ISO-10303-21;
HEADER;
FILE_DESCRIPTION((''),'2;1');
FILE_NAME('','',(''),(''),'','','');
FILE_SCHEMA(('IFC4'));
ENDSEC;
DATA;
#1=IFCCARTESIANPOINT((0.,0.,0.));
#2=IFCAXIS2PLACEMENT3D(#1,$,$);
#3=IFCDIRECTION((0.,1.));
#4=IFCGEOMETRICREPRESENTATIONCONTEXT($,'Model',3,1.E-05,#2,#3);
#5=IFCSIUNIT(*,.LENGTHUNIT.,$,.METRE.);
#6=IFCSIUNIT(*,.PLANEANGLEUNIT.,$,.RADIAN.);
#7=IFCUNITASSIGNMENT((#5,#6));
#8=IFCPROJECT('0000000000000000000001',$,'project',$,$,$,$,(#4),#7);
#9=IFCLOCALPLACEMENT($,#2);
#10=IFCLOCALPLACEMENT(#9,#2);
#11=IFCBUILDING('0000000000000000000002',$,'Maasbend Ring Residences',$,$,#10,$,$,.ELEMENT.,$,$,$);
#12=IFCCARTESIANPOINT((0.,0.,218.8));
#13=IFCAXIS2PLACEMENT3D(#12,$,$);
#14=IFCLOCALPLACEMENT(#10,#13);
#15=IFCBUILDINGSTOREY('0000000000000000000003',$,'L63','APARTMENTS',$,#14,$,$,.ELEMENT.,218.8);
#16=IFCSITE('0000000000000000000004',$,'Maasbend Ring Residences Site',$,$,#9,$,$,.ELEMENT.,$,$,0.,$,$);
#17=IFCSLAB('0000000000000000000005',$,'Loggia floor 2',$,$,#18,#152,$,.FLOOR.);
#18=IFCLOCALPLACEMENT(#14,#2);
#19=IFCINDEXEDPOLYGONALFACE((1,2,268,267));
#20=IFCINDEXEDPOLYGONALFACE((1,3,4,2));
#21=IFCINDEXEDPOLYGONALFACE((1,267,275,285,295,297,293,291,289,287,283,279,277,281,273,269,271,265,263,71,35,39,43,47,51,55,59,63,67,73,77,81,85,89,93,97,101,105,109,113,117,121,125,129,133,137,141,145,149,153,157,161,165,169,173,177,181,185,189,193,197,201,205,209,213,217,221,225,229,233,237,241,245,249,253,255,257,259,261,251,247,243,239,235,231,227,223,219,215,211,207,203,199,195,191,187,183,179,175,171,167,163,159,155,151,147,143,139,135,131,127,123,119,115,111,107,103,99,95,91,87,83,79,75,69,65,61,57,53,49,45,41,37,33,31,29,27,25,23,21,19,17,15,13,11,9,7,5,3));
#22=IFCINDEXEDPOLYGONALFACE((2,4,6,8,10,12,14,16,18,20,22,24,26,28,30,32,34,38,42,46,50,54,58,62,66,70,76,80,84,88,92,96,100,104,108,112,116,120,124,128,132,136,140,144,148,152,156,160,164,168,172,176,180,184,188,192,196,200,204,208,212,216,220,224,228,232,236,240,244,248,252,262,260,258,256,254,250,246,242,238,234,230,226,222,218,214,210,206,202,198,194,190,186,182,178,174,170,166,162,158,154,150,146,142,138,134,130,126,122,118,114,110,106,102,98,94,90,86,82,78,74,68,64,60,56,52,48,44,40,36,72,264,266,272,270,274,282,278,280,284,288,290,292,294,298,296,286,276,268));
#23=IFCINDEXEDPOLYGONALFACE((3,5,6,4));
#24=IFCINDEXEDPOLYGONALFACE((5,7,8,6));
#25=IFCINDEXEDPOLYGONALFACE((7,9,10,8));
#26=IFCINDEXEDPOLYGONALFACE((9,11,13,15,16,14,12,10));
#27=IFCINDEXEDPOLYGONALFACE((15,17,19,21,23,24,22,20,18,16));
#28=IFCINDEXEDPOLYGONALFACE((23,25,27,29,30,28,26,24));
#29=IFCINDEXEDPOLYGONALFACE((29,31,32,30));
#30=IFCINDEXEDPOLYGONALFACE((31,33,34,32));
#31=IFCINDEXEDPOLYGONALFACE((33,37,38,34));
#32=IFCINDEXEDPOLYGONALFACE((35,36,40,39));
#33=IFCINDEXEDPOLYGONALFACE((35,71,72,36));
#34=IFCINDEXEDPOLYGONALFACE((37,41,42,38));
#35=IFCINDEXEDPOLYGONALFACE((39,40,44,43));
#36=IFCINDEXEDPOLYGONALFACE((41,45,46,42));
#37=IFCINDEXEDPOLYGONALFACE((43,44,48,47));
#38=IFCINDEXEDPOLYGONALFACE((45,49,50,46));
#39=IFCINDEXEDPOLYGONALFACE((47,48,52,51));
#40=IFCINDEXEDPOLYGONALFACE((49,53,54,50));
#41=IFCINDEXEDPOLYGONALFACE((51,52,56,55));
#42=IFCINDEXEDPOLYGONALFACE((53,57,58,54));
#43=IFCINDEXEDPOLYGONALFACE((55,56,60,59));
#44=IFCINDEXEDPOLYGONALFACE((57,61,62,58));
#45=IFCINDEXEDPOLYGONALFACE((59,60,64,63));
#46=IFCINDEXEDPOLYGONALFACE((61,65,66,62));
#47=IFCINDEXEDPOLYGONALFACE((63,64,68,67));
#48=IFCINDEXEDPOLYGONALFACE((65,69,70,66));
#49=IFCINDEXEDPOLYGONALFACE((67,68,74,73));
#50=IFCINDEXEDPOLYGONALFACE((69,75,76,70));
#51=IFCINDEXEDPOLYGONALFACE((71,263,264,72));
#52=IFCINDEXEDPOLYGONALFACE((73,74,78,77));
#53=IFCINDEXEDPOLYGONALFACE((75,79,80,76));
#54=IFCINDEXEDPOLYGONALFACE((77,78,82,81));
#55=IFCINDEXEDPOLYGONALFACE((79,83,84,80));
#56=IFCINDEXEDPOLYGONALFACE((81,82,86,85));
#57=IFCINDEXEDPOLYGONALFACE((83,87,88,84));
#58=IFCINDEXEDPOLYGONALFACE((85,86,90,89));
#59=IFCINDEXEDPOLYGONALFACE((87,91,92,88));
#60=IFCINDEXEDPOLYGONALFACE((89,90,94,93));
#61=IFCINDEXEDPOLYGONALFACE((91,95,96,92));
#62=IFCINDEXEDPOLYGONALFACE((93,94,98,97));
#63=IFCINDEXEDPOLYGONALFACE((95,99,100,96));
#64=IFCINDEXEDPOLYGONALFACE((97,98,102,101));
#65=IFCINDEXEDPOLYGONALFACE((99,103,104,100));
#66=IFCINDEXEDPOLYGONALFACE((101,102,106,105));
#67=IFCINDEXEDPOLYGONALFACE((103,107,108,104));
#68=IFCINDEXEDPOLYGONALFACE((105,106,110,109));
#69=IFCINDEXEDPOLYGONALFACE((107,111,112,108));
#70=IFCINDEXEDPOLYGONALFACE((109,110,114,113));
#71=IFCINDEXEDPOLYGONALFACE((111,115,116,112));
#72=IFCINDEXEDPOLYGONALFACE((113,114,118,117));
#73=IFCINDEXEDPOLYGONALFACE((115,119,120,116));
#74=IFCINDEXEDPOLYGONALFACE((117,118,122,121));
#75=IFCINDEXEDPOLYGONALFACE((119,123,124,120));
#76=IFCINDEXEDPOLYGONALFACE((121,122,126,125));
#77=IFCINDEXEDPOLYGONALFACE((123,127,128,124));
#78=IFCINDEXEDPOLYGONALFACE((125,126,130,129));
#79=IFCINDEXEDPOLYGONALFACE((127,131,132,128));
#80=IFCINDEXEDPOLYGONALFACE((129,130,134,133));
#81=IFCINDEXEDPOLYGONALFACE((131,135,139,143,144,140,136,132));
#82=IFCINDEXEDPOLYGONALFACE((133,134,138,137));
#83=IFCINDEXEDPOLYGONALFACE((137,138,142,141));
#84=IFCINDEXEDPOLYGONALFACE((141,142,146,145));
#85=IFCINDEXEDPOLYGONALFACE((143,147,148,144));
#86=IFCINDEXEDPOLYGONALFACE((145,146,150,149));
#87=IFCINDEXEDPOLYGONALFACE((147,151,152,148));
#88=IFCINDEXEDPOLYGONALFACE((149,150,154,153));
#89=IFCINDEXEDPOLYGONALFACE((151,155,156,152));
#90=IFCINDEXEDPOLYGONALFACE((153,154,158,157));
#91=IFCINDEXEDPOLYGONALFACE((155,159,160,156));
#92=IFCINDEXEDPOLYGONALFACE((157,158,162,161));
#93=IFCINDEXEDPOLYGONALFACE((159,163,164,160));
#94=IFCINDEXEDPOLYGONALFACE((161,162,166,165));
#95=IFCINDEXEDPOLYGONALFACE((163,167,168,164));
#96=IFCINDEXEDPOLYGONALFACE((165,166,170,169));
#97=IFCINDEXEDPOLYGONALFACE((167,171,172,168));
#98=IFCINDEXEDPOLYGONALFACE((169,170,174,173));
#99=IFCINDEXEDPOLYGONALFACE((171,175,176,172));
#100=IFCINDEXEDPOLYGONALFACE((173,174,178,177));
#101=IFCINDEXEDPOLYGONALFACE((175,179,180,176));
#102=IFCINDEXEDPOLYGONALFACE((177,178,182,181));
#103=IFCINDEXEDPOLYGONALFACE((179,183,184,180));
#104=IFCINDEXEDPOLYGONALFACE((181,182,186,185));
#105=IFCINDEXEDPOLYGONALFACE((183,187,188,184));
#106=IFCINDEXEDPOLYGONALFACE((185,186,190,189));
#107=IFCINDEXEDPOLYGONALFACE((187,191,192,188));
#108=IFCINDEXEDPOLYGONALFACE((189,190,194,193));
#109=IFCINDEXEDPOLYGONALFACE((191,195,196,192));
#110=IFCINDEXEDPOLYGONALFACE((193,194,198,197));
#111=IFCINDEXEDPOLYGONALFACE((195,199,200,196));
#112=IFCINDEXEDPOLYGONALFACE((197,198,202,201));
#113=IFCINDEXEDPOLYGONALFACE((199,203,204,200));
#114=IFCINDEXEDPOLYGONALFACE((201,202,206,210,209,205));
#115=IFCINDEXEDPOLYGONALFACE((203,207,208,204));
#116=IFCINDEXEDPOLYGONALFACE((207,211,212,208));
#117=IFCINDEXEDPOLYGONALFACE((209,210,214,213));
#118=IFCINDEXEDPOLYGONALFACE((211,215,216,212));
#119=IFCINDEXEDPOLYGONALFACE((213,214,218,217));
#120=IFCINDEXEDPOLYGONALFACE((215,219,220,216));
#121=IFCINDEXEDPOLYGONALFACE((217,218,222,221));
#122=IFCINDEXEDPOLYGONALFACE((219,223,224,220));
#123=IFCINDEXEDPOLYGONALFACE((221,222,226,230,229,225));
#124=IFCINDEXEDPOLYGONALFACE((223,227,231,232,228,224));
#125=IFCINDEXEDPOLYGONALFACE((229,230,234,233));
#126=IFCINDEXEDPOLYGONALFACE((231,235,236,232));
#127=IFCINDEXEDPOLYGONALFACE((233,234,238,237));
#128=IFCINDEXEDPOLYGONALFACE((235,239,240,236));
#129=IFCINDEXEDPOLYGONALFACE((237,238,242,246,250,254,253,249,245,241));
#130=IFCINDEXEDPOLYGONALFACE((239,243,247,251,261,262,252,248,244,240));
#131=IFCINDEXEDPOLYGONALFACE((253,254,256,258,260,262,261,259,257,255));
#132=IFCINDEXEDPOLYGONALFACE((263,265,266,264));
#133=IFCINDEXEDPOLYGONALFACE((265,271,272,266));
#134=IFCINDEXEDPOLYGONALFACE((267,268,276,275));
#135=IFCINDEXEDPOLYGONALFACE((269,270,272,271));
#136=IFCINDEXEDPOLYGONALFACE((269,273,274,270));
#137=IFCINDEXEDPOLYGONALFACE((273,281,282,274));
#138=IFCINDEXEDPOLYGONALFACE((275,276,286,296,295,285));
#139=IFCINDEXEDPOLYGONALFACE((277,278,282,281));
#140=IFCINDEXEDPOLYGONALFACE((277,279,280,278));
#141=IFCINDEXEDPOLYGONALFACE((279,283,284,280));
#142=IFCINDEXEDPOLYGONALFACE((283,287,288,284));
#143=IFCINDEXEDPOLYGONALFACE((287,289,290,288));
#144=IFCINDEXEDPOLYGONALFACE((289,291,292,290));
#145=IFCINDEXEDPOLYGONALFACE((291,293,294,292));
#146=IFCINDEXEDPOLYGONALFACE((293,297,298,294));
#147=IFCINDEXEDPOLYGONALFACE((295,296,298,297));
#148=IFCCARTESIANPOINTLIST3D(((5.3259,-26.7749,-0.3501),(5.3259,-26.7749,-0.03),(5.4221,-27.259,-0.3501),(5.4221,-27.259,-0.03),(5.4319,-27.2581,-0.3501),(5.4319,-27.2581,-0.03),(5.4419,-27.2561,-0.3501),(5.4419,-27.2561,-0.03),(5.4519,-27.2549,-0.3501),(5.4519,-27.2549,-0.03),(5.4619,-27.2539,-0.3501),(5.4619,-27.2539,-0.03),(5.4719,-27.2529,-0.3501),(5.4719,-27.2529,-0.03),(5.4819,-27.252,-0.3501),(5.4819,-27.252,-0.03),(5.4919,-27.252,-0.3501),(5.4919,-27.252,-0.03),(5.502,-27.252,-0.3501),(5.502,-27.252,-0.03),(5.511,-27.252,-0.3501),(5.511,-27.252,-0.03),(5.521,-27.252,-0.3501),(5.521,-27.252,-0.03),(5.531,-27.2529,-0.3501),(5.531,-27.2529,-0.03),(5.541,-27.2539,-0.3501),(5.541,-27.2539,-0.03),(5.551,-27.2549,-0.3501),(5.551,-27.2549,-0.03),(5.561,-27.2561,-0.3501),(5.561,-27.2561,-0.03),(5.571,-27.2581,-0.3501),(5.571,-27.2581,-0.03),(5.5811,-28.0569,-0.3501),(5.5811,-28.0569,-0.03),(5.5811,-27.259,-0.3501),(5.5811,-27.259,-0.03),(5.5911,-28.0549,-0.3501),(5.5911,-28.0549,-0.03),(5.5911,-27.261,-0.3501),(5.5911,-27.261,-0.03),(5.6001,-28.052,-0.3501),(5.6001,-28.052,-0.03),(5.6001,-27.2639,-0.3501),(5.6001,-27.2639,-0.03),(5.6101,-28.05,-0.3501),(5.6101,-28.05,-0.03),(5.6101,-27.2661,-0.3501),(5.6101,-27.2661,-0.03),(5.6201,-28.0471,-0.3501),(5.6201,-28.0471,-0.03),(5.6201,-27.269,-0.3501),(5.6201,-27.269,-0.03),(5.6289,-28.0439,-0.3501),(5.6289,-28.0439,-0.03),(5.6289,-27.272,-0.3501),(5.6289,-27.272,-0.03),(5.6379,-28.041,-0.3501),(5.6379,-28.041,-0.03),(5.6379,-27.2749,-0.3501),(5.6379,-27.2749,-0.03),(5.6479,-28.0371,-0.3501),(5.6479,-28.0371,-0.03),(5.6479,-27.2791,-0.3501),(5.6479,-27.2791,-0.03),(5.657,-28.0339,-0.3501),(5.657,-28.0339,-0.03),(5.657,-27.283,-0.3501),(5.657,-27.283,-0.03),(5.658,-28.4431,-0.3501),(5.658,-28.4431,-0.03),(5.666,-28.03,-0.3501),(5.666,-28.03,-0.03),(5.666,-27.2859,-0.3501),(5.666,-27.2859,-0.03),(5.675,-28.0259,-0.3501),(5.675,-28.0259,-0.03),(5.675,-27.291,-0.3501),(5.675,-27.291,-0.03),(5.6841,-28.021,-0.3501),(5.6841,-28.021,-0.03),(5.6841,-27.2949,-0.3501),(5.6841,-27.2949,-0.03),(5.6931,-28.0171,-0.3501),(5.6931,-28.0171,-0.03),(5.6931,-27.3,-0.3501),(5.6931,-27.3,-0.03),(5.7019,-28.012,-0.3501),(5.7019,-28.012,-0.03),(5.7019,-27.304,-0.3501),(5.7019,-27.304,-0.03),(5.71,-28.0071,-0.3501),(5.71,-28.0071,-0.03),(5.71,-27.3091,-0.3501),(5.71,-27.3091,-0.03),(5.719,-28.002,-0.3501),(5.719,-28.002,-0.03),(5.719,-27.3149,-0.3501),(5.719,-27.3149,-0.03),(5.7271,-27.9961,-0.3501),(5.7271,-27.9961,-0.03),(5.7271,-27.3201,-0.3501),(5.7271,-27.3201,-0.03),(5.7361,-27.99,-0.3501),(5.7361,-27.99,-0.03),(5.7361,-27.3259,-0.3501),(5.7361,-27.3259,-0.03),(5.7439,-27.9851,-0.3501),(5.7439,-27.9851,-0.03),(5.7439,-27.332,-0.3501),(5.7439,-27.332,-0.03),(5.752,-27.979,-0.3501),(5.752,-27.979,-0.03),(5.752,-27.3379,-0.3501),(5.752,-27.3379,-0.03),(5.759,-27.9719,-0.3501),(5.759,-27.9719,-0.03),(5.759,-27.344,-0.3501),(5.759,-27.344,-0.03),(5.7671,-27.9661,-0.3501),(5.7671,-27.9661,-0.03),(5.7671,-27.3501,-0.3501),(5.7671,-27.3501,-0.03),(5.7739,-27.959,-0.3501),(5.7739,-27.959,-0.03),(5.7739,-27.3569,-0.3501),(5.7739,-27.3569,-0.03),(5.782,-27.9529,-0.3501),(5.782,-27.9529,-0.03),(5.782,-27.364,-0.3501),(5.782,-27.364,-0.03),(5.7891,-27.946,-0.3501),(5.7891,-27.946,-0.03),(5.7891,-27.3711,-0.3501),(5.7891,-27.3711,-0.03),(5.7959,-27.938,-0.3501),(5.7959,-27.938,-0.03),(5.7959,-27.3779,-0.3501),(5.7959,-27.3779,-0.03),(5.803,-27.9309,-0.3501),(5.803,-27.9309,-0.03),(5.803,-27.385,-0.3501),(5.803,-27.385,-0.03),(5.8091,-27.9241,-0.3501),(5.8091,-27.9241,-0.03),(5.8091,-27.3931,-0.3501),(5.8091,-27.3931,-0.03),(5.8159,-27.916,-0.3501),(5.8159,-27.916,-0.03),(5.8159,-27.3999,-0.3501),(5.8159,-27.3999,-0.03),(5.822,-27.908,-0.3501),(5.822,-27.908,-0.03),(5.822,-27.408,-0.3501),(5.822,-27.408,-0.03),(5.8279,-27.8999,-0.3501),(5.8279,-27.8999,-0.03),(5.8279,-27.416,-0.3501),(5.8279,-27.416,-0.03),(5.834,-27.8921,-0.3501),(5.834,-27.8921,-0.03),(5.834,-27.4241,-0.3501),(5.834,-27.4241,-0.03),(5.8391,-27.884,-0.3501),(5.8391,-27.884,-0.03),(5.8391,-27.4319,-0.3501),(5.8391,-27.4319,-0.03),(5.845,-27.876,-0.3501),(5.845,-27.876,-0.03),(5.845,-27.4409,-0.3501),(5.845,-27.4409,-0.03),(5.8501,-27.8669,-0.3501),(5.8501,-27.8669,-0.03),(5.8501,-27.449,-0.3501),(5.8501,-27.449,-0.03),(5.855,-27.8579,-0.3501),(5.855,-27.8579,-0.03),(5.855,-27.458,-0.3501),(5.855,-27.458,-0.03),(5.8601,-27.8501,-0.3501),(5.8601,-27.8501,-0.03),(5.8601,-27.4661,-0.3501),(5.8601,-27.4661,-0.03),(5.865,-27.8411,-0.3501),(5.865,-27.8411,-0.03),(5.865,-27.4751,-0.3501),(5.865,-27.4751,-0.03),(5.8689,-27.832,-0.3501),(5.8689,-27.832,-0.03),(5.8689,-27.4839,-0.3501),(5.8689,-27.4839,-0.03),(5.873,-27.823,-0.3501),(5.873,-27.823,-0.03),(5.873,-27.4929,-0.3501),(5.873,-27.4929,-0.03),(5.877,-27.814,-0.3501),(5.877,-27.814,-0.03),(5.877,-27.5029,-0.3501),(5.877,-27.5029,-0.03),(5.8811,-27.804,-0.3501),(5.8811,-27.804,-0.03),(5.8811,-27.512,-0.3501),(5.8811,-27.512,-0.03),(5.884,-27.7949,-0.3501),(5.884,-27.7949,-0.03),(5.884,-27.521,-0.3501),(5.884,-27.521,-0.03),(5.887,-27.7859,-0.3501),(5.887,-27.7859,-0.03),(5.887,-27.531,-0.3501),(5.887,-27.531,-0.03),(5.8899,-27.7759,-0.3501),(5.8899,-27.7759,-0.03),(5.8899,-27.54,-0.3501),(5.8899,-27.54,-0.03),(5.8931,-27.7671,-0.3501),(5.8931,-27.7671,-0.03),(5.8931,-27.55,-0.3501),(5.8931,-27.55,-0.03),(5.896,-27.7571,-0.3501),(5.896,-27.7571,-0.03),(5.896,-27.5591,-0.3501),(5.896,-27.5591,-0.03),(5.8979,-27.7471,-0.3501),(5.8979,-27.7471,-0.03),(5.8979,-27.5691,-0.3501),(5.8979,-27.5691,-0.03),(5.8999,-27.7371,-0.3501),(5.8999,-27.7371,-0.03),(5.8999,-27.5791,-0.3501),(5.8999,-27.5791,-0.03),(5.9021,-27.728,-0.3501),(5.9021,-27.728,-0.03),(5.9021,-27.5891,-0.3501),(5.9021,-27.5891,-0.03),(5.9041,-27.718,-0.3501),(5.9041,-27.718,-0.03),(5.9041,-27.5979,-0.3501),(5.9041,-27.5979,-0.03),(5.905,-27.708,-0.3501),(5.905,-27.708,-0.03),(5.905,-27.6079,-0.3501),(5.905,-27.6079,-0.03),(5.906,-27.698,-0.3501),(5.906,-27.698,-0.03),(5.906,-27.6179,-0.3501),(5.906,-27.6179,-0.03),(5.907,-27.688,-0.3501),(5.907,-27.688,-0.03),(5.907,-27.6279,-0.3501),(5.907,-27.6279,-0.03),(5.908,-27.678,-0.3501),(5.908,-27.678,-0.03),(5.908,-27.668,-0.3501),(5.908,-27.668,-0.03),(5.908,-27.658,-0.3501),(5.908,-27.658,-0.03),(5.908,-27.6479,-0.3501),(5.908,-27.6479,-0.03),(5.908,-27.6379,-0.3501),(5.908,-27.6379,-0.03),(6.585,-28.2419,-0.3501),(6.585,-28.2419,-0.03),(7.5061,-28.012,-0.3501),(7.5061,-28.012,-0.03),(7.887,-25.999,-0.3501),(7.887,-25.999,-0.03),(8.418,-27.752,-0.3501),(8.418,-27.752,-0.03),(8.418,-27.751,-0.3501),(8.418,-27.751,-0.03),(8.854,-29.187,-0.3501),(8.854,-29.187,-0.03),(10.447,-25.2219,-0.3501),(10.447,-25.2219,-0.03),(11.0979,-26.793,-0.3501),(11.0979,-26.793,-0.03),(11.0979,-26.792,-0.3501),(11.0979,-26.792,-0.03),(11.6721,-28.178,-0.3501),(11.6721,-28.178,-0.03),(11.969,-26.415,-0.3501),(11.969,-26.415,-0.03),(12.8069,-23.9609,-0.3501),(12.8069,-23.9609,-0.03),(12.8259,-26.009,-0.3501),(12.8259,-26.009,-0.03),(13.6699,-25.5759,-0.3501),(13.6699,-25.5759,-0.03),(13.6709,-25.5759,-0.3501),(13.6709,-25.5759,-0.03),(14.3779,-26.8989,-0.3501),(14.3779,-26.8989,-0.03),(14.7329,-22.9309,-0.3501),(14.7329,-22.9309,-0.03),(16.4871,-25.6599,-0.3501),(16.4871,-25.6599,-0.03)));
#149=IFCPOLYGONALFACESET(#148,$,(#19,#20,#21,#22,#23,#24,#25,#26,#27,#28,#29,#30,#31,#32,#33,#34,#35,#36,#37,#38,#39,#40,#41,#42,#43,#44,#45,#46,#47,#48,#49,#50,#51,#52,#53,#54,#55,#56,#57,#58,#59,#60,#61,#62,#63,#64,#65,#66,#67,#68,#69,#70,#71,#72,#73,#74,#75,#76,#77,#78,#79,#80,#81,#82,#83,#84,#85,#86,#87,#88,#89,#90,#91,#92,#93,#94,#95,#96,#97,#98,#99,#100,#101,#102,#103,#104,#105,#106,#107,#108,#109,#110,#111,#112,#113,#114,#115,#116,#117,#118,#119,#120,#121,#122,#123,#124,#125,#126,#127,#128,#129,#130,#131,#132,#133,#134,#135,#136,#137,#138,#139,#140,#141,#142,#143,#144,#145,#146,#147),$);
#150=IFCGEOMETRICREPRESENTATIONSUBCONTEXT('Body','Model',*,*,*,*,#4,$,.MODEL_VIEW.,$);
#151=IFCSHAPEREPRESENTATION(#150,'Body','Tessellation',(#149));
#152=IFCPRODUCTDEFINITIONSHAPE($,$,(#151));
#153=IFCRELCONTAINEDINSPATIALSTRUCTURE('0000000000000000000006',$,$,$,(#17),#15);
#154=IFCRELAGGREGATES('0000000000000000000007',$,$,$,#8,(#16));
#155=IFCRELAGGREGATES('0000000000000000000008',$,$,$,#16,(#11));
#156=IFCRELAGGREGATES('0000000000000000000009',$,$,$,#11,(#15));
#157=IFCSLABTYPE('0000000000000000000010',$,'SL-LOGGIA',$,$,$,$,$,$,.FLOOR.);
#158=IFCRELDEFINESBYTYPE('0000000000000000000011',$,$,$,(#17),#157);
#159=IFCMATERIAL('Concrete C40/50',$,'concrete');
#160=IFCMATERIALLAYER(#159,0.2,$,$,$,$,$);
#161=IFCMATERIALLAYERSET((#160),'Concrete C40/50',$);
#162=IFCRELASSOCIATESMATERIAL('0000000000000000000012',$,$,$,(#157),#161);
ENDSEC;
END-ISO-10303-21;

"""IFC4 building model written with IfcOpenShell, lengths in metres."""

from ifc_helpers import new_model, si_unit, direction, frame, origin, place, context, subcontext, project, spatial, polyline, outline, extrude, material, layer, layer_set, type_object, element, save


model = new_model("IFC4")

# Units and contexts
model_context = context("Model", 3, precision=1e-05, world=origin(), true_north=direction((0.0, 1.0)))
body_context = subcontext(model_context, "Body", "Model", "MODEL_VIEW")
ifc_project = project(units=[si_unit("LENGTHUNIT", "METRE"), si_unit("PLANEANGLEUNIT", "RADIAN")], contexts=[model_context])

# Site, building, storey
site_placement = place(None, origin())
site = spatial("IfcSite", under=ifc_project, at=site_placement, Name="Maasbend Ring Residences Site", CompositionType="ELEMENT", RefElevation=0.0)
building_placement = place(site_placement, origin())
building = spatial("IfcBuilding", under=site, at=building_placement, Name="Maasbend Ring Residences", CompositionType="ELEMENT")
storey_placement = place(building_placement, frame((0.0, 0.0, 218.8)))
storey = spatial("IfcBuildingStorey", under=building, at=storey_placement, Name="L63", Description="APARTMENTS", CompositionType="ELEMENT", Elevation=218.8)

# Slab
ifc_material_1 = material(Name="Concrete C40/50", Category="concrete")
ifc_layer_1 = layer(ifc_material_1, 0.2)
ifc_layer_set_1 = layer_set([ifc_layer_1], Name="Concrete C40/50")
slab_type = type_object("IfcSlabType", Name="SL-LOGGIA", PredefinedType="FLOOR", material=ifc_layer_set_1)
slab_1_placement = place(storey_placement, frame((0.0, 0.0, -0.3501)))
element("IfcSlab", 1, at=slab_1_placement, inside=storey, type_object=slab_type, Name="Loggia floor 2", PredefinedType="FLOOR", context=body_context, shape_type="SweptSolid", body=[
    extrude(outline(polyline([(10.447, -25.2219), (12.8069, -23.9609), (14.7329, -22.9309), (14.7329, -22.9309), (14.7329, -22.9309), (16.4871, -25.6599), (16.4871, -25.6599), (16.4871, -25.6599), (14.3779, -26.8989), (14.3779, -26.8989), (14.3779, -26.8989), (13.6709, -25.5759), (13.6709, -25.5759), (13.6709, -25.5759), (13.6709, -25.5759), (13.6709, -25.5759), (13.6709, -25.5759), (13.6709, -25.5759), (13.6699, -25.5759), (13.6699, -25.5759), (13.6699, -25.5759), (13.6699, -25.5759), (13.6699, -25.5759), (13.6699, -25.5759), (13.6699, -25.5759), (13.6699, -25.5759), (13.6699, -25.5759), (13.6699, -25.5759), (12.8259, -26.009), (12.8259, -26.009), (11.969, -26.415), (11.969, -26.415), (11.0979, -26.792), (11.0979, -26.792), (11.0979, -26.792), (11.0979, -26.792), (11.0979, -26.792), (11.0979, -26.792), (11.0979, -26.792), (11.0979, -26.793), (11.0979, -26.793), (11.0979, -26.793), (11.0979, -26.793), (11.0979, -26.793), (11.0979, -26.793), (11.0979, -26.793), (11.0979, -26.793), (11.0979, -26.793), (11.0979, -26.793), (11.6721, -28.178), (11.6721, -28.178), (11.6721, -28.178), (8.854, -29.187), (8.854, -29.187), (8.854, -29.187), (8.418, -27.752), (8.418, -27.752), (8.418, -27.752), (8.418, -27.752), (8.418, -27.752), (8.418, -27.752), (8.418, -27.752), (8.418, -27.751), (8.418, -27.751), (8.418, -27.751), (8.418, -27.751), (8.418, -27.751), (8.418, -27.751), (8.418, -27.751), (8.418, -27.751), (8.418, -27.751), (8.418, -27.751), (7.5061, -28.012), (7.5061, -28.012), (6.585, -28.2419), (6.585, -28.2419), (5.658, -28.4431), (5.658, -28.4431), (5.658, -28.4431), (5.5811, -28.0569), (5.5911, -28.0549), (5.6001, -28.052), (5.6101, -28.05), (5.6201, -28.0471), (5.6289, -28.0439), (5.6379, -28.041), (5.6479, -28.0371), (5.657, -28.0339), (5.666, -28.03), (5.675, -28.0259), (5.6841, -28.021), (5.6931, -28.0171), (5.7019, -28.012), (5.71, -28.0071), (5.719, -28.002), (5.7271, -27.9961), (5.7361, -27.99), (5.7439, -27.9851), (5.752, -27.979), (5.759, -27.9719), (5.7671, -27.9661), (5.7739, -27.959), (5.782, -27.9529), (5.7891, -27.946), (5.7959, -27.938), (5.803, -27.9309), (5.8091, -27.9241), (5.8159, -27.916), (5.822, -27.908), (5.8279, -27.8999), (5.834, -27.8921), (5.8391, -27.884), (5.845, -27.876), (5.8501, -27.8669), (5.855, -27.8579), (5.8601, -27.8501), (5.865, -27.8411), (5.8689, -27.832), (5.873, -27.823), (5.877, -27.814), (5.8811, -27.804), (5.884, -27.7949), (5.887, -27.7859), (5.8899, -27.7759), (5.8931, -27.7671), (5.896, -27.7571), (5.8979, -27.7471), (5.8999, -27.7371), (5.9021, -27.728), (5.9041, -27.718), (5.905, -27.708), (5.906, -27.698), (5.907, -27.688), (5.908, -27.678), (5.908, -27.668), (5.908, -27.658), (5.908, -27.6479), (5.908, -27.6379), (5.907, -27.6279), (5.906, -27.6179), (5.905, -27.6079), (5.9041, -27.5979), (5.9021, -27.5891), (5.8999, -27.5791), (5.8979, -27.5691), (5.896, -27.5591), (5.8931, -27.55), (5.8899, -27.54), (5.887, -27.531), (5.884, -27.521), (5.8811, -27.512), (5.877, -27.5029), (5.873, -27.4929), (5.8689, -27.4839), (5.865, -27.4751), (5.8601, -27.4661), (5.855, -27.458), (5.8501, -27.449), (5.845, -27.4409), (5.8391, -27.4319), (5.834, -27.4241), (5.8279, -27.416), (5.822, -27.408), (5.8159, -27.3999), (5.8091, -27.3931), (5.803, -27.385), (5.7959, -27.3779), (5.7891, -27.3711), (5.782, -27.364), (5.7739, -27.3569), (5.7671, -27.3501), (5.759, -27.344), (5.752, -27.3379), (5.7439, -27.332), (5.7361, -27.3259), (5.7271, -27.3201), (5.719, -27.3149), (5.71, -27.3091), (5.7019, -27.304), (5.6931, -27.3), (5.6841, -27.2949), (5.675, -27.291), (5.666, -27.2859), (5.657, -27.283), (5.6479, -27.2791), (5.6379, -27.2749), (5.6289, -27.272), (5.6201, -27.269), (5.6101, -27.2661), (5.6001, -27.2639), (5.5911, -27.261), (5.5811, -27.259), (5.571, -27.2581), (5.561, -27.2561), (5.551, -27.2549), (5.541, -27.2539), (5.531, -27.2529), (5.521, -27.252), (5.511, -27.252), (5.502, -27.252), (5.4919, -27.252), (5.4819, -27.252), (5.4719, -27.2529), (5.4619, -27.2539), (5.4519, -27.2549), (5.4419, -27.2561), (5.4319, -27.2581), (5.4221, -27.259), (5.3259, -26.7749), (5.3259, -26.7749), (5.3259, -26.7749), (7.887, -25.999), (10.447, -25.2219), (10.447, -25.2219), (10.447, -25.2219)])), origin(), (0.0, 0.0, 1.0), 0.3201),
])

save(model, "model.ifc")
